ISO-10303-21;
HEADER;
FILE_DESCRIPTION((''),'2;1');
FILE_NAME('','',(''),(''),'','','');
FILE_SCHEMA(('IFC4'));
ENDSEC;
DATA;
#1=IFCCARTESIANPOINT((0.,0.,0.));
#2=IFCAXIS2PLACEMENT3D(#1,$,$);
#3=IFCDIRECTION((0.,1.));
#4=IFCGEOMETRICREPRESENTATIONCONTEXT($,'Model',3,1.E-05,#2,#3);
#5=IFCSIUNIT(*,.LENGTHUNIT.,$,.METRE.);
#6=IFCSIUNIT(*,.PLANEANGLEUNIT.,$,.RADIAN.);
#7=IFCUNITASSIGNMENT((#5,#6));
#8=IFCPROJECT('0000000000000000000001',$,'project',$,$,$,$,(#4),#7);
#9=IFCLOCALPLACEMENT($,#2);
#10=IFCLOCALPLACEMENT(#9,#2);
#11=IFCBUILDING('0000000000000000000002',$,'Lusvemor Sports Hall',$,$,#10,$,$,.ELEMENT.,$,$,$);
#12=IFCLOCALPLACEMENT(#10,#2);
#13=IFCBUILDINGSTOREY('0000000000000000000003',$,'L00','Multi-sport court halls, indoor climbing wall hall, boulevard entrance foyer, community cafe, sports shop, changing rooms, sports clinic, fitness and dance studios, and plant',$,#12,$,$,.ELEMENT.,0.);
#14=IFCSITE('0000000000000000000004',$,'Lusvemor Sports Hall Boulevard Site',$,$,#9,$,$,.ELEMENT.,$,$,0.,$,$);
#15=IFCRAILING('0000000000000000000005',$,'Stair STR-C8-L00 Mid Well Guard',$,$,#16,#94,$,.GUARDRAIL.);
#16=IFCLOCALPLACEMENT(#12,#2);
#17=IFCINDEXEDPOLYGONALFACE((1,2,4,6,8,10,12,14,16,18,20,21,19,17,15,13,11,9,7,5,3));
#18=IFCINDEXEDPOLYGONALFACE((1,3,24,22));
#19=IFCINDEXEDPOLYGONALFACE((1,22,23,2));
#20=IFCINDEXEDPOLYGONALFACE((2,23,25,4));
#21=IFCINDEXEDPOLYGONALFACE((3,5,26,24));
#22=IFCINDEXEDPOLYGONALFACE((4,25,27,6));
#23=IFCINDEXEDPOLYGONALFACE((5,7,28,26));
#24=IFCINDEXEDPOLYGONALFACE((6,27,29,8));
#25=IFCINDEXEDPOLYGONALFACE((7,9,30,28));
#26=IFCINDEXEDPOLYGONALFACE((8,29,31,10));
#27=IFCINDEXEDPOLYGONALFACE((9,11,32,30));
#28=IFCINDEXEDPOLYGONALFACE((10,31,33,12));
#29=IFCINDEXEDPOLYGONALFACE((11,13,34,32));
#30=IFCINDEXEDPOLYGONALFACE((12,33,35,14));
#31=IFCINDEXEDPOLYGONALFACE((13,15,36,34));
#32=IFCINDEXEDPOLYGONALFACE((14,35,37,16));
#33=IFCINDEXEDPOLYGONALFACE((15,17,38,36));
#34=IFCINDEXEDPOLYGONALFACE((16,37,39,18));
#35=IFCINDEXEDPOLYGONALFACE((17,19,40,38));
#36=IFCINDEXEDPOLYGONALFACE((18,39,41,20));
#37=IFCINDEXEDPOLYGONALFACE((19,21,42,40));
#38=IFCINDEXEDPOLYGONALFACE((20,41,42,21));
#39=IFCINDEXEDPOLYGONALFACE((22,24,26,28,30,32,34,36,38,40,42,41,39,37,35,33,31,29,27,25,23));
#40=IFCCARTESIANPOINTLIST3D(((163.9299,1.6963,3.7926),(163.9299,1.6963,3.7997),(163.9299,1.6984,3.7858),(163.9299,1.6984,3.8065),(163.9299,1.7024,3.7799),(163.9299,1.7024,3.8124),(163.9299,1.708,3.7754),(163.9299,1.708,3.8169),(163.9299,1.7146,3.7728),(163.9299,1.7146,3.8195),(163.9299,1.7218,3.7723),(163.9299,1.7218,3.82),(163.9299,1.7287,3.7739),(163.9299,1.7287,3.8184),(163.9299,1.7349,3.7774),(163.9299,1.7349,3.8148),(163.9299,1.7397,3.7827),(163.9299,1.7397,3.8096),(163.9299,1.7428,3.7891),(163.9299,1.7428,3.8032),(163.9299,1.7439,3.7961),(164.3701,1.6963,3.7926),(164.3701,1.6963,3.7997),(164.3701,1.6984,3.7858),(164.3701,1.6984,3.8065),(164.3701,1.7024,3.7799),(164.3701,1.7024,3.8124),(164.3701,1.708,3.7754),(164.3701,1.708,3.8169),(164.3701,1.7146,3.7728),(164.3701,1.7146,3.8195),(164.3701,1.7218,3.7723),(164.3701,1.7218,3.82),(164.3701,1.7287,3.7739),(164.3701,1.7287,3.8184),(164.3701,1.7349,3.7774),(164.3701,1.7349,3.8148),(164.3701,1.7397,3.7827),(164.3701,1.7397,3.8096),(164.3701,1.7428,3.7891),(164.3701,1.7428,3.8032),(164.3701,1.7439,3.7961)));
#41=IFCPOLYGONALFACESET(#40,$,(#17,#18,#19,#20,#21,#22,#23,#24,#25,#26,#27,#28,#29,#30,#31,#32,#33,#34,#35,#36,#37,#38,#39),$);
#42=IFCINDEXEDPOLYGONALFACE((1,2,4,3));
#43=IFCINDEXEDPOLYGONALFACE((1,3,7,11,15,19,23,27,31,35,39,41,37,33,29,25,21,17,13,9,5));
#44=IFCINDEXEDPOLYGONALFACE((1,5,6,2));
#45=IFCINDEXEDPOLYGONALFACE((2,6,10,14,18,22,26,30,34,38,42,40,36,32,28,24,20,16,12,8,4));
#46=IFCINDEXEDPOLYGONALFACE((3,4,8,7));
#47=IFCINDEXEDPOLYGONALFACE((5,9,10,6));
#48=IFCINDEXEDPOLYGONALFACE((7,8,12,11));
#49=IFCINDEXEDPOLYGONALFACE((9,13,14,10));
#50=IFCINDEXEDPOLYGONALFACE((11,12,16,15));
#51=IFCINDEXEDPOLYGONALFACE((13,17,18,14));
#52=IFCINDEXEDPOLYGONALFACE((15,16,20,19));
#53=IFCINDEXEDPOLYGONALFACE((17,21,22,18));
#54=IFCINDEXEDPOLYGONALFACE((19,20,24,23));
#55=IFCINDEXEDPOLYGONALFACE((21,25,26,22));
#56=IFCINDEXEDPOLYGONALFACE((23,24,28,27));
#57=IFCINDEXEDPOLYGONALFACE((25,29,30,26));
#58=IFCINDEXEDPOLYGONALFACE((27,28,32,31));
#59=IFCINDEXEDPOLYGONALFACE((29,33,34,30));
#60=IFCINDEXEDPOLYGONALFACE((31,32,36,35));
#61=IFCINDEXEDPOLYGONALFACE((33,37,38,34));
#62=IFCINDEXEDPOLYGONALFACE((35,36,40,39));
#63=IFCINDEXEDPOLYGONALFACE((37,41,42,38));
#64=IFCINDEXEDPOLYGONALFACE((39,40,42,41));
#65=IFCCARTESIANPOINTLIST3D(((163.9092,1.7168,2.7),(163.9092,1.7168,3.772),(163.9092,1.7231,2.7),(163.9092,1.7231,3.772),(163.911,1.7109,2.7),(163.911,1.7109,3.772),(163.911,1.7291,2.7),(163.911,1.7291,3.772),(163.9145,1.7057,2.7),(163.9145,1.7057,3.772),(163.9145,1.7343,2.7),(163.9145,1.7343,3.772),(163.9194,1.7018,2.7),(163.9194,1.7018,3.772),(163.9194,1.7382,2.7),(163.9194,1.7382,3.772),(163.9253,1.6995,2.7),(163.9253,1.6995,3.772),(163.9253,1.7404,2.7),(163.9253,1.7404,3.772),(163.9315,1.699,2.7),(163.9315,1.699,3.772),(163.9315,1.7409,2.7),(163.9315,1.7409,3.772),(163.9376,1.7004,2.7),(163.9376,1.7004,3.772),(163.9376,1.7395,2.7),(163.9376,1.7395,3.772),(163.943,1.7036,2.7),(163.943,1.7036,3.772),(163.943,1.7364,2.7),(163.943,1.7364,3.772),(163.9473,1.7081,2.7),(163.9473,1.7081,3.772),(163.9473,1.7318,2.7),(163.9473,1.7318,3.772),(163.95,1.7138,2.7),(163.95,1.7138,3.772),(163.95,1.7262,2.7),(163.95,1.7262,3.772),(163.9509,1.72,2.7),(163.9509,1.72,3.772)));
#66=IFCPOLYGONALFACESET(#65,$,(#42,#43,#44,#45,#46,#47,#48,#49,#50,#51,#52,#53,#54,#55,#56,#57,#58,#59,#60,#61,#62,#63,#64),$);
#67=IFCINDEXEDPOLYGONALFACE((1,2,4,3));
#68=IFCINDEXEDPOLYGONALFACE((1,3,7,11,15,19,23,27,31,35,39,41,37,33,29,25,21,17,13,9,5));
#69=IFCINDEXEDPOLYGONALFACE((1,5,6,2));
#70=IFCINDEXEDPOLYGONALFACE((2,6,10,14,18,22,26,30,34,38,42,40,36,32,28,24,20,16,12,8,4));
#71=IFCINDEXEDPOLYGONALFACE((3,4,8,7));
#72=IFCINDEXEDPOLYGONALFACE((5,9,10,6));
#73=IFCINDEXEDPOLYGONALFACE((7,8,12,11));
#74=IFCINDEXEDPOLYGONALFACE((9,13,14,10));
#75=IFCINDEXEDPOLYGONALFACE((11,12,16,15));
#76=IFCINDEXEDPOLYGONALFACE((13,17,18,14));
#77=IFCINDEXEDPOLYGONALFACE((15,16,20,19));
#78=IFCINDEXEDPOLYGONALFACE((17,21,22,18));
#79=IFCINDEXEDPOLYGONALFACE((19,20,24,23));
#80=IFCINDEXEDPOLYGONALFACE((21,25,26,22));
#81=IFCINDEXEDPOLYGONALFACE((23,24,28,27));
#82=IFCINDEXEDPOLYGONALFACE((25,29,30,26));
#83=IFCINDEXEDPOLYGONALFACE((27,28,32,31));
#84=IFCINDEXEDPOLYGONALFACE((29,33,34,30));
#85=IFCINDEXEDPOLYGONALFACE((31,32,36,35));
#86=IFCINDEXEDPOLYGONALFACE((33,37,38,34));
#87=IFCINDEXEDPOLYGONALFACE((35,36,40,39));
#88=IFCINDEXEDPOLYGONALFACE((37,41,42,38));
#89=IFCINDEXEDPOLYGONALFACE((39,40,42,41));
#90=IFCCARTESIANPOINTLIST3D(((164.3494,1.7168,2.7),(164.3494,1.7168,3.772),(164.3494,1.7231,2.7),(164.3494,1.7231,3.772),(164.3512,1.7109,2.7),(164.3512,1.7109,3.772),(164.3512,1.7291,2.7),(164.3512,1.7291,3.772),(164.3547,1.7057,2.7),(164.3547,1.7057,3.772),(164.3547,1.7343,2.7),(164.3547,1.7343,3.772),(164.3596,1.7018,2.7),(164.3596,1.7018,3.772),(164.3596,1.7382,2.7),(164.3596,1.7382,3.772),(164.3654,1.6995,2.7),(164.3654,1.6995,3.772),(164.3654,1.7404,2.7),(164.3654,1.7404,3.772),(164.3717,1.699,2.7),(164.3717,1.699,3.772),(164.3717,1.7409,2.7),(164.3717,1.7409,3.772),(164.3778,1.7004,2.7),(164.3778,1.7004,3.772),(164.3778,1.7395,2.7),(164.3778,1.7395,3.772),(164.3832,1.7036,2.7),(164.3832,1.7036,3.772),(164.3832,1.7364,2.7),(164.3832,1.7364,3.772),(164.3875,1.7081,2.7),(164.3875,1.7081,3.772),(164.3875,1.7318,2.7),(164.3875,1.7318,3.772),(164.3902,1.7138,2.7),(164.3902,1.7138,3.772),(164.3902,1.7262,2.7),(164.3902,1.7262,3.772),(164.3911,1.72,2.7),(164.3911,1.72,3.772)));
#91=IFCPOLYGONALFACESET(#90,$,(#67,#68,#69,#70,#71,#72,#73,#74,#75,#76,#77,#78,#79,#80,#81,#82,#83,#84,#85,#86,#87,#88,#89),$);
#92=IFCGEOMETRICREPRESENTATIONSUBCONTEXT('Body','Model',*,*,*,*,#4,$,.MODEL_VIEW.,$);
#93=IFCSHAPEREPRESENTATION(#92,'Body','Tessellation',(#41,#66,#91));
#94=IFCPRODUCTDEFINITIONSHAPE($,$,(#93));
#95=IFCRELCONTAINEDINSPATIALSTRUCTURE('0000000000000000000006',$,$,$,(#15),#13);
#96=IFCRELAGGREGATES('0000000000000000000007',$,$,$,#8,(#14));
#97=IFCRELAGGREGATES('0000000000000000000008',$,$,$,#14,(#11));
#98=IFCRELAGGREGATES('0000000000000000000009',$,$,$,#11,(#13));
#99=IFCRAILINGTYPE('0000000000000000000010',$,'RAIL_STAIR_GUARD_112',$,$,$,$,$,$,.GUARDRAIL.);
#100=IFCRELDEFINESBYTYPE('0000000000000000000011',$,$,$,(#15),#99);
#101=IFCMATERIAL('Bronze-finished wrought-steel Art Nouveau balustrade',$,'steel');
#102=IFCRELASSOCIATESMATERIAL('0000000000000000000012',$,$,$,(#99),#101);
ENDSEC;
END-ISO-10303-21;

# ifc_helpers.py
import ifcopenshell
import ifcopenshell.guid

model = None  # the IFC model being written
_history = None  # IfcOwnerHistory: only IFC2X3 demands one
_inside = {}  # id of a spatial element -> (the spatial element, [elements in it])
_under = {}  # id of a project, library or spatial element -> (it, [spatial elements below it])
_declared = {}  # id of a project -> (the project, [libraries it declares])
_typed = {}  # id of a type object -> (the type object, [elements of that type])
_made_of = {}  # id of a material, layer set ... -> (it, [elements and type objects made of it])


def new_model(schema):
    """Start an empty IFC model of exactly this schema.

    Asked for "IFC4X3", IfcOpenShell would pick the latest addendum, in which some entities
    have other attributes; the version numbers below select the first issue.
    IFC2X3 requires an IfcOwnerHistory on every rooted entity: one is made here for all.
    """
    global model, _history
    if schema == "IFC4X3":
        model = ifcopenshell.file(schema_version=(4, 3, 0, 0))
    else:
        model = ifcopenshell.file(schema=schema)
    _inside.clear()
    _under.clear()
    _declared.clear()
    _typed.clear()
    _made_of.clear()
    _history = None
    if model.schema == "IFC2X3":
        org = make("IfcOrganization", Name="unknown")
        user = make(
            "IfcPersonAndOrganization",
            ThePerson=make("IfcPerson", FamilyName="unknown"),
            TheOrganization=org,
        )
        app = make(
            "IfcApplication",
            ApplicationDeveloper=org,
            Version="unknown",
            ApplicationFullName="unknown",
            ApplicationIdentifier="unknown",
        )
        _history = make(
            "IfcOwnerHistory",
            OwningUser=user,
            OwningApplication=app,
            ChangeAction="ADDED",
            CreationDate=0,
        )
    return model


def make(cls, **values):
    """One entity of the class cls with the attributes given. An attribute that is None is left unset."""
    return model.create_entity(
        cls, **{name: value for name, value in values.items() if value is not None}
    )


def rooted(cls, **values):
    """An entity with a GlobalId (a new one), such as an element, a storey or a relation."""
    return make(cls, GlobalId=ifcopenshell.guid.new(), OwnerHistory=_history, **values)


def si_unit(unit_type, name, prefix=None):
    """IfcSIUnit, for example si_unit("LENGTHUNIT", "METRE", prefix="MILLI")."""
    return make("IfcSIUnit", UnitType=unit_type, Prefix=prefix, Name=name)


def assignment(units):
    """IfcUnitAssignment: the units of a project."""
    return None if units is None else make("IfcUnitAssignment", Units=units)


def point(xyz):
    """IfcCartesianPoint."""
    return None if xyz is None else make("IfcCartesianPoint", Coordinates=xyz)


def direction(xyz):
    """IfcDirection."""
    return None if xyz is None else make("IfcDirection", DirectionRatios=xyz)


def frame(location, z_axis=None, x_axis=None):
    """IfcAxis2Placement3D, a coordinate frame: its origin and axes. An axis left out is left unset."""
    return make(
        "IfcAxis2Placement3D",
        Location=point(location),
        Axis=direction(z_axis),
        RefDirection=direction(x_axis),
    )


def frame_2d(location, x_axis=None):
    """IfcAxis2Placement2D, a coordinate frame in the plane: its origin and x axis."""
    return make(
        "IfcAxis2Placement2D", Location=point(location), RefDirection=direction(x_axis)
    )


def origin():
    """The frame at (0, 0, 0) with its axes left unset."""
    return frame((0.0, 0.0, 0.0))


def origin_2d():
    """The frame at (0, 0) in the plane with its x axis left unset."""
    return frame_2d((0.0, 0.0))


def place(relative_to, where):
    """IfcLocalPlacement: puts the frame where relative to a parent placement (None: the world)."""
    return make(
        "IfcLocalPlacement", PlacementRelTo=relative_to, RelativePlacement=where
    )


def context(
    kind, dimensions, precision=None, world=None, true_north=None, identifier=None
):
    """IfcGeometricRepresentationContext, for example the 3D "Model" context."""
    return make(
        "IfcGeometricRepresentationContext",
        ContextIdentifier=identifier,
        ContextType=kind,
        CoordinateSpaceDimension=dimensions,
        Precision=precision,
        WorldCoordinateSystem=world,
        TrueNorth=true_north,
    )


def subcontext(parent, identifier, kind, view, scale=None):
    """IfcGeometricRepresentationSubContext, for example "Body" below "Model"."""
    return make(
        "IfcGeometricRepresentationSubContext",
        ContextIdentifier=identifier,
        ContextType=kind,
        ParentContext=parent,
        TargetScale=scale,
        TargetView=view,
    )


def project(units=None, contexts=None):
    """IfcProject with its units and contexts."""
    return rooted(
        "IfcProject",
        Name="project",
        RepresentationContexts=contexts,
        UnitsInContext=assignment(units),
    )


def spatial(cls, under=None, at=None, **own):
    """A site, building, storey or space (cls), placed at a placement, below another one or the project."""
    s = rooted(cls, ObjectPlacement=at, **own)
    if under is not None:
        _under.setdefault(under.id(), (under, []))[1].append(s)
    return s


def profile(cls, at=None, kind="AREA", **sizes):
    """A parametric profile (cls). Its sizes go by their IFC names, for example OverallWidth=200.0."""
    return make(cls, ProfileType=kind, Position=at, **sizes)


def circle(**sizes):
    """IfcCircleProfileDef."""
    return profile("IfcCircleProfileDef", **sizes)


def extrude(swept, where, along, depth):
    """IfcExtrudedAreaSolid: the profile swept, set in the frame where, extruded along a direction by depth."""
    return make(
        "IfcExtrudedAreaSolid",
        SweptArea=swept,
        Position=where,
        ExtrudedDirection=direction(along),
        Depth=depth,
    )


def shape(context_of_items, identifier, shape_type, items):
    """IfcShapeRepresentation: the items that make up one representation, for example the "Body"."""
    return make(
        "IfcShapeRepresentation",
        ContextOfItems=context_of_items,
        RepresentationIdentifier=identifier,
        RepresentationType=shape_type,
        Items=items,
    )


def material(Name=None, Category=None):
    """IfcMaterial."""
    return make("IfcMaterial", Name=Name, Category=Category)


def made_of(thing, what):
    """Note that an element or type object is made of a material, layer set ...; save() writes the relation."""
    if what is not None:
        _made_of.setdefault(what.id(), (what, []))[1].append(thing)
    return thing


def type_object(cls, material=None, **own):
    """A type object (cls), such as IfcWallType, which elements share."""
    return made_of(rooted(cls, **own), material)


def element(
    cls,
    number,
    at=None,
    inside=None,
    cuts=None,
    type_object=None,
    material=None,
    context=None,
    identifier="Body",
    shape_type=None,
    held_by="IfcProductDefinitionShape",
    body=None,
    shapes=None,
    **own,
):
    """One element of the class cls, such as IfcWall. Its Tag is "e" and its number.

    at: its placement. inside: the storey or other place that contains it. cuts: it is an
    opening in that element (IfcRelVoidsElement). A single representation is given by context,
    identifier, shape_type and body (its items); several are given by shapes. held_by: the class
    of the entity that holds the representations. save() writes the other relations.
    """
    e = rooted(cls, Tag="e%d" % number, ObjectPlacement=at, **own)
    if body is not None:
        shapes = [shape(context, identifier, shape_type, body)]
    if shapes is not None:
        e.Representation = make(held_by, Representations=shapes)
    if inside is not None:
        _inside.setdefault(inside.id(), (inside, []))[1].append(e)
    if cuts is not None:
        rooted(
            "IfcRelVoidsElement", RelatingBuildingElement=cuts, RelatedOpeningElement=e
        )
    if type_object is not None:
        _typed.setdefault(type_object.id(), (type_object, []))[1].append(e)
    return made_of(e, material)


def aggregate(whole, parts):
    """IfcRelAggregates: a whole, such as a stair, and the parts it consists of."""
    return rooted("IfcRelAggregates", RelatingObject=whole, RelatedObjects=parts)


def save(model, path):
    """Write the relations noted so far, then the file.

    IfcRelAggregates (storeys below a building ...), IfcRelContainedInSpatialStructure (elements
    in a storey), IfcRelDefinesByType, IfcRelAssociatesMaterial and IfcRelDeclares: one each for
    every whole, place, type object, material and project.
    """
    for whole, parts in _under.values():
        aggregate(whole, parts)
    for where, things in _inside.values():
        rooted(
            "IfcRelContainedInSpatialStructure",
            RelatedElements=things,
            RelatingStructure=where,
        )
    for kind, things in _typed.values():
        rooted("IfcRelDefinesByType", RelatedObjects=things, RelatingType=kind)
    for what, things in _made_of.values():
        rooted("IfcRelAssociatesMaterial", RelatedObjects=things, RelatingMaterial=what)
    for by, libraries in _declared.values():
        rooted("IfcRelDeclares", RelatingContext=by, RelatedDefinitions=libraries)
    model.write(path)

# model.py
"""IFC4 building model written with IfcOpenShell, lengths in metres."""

from ifc_helpers import new_model, si_unit, direction, frame, origin, origin_2d, place, context, subcontext, project, spatial, circle, extrude, material, type_object, element, save


model = new_model("IFC4")

# Units and contexts
model_context = context("Model", 3, precision=1e-05, world=origin(), true_north=direction((0.0, 1.0)))
body_context = subcontext(model_context, "Body", "Model", "MODEL_VIEW")
ifc_project = project(units=[si_unit("LENGTHUNIT", "METRE"), si_unit("PLANEANGLEUNIT", "RADIAN")], contexts=[model_context])

# Site, building, storey
site_placement = place(None, origin())
site = spatial("IfcSite", under=ifc_project, at=site_placement, Name="Lusvemor Sports Hall Boulevard Site", CompositionType="ELEMENT", RefElevation=0.0)
building_placement = place(site_placement, origin())
building = spatial("IfcBuilding", under=site, at=building_placement, Name="Lusvemor Sports Hall", CompositionType="ELEMENT")
storey_placement = place(building_placement, origin())
storey = spatial("IfcBuildingStorey", under=building, at=storey_placement, Name="L00", Description="Multi-sport court halls, indoor climbing wall hall, boulevard entrance foyer, community cafe, sports shop, changing rooms, sports clinic, fitness and dance studios, and plant", CompositionType="ELEMENT", Elevation=0.0)

# Railing
ifc_material_1 = material(Name="Bronze-finished wrought-steel Art Nouveau balustrade", Category="steel")
railing_type = type_object("IfcRailingType", Name="RAIL_STAIR_GUARD_112", PredefinedType="GUARDRAIL", material=ifc_material_1)
railing_placement = place(storey_placement, frame((163.9299, 1.72, 2.7)))
element("IfcRailing", 1, at=railing_placement, inside=storey, type_object=railing_type, Name="Stair STR-C8-L00 Mid Well Guard", PredefinedType="GUARDRAIL", context=body_context, shape_type="SweptSolid", body=[
    extrude(circle(Radius=0.0239, at=origin_2d()), frame((0.0, 0.0, 1.0962), z_axis=(1.0, 0.0, 0.0), x_axis=(0.0, 1.0, 0.0)), (0.0, 0.0, 1.0), 0.4402),
    extrude(circle(Radius=0.021, at=origin_2d()), origin(), (0.0, 0.0, 1.0), 1.072),
    extrude(circle(Radius=0.021, at=origin_2d()), frame((0.4402, 0.0, 0.0)), (0.0, 0.0, 1.0), 1.072),
])

save(model, "model.ifc")
